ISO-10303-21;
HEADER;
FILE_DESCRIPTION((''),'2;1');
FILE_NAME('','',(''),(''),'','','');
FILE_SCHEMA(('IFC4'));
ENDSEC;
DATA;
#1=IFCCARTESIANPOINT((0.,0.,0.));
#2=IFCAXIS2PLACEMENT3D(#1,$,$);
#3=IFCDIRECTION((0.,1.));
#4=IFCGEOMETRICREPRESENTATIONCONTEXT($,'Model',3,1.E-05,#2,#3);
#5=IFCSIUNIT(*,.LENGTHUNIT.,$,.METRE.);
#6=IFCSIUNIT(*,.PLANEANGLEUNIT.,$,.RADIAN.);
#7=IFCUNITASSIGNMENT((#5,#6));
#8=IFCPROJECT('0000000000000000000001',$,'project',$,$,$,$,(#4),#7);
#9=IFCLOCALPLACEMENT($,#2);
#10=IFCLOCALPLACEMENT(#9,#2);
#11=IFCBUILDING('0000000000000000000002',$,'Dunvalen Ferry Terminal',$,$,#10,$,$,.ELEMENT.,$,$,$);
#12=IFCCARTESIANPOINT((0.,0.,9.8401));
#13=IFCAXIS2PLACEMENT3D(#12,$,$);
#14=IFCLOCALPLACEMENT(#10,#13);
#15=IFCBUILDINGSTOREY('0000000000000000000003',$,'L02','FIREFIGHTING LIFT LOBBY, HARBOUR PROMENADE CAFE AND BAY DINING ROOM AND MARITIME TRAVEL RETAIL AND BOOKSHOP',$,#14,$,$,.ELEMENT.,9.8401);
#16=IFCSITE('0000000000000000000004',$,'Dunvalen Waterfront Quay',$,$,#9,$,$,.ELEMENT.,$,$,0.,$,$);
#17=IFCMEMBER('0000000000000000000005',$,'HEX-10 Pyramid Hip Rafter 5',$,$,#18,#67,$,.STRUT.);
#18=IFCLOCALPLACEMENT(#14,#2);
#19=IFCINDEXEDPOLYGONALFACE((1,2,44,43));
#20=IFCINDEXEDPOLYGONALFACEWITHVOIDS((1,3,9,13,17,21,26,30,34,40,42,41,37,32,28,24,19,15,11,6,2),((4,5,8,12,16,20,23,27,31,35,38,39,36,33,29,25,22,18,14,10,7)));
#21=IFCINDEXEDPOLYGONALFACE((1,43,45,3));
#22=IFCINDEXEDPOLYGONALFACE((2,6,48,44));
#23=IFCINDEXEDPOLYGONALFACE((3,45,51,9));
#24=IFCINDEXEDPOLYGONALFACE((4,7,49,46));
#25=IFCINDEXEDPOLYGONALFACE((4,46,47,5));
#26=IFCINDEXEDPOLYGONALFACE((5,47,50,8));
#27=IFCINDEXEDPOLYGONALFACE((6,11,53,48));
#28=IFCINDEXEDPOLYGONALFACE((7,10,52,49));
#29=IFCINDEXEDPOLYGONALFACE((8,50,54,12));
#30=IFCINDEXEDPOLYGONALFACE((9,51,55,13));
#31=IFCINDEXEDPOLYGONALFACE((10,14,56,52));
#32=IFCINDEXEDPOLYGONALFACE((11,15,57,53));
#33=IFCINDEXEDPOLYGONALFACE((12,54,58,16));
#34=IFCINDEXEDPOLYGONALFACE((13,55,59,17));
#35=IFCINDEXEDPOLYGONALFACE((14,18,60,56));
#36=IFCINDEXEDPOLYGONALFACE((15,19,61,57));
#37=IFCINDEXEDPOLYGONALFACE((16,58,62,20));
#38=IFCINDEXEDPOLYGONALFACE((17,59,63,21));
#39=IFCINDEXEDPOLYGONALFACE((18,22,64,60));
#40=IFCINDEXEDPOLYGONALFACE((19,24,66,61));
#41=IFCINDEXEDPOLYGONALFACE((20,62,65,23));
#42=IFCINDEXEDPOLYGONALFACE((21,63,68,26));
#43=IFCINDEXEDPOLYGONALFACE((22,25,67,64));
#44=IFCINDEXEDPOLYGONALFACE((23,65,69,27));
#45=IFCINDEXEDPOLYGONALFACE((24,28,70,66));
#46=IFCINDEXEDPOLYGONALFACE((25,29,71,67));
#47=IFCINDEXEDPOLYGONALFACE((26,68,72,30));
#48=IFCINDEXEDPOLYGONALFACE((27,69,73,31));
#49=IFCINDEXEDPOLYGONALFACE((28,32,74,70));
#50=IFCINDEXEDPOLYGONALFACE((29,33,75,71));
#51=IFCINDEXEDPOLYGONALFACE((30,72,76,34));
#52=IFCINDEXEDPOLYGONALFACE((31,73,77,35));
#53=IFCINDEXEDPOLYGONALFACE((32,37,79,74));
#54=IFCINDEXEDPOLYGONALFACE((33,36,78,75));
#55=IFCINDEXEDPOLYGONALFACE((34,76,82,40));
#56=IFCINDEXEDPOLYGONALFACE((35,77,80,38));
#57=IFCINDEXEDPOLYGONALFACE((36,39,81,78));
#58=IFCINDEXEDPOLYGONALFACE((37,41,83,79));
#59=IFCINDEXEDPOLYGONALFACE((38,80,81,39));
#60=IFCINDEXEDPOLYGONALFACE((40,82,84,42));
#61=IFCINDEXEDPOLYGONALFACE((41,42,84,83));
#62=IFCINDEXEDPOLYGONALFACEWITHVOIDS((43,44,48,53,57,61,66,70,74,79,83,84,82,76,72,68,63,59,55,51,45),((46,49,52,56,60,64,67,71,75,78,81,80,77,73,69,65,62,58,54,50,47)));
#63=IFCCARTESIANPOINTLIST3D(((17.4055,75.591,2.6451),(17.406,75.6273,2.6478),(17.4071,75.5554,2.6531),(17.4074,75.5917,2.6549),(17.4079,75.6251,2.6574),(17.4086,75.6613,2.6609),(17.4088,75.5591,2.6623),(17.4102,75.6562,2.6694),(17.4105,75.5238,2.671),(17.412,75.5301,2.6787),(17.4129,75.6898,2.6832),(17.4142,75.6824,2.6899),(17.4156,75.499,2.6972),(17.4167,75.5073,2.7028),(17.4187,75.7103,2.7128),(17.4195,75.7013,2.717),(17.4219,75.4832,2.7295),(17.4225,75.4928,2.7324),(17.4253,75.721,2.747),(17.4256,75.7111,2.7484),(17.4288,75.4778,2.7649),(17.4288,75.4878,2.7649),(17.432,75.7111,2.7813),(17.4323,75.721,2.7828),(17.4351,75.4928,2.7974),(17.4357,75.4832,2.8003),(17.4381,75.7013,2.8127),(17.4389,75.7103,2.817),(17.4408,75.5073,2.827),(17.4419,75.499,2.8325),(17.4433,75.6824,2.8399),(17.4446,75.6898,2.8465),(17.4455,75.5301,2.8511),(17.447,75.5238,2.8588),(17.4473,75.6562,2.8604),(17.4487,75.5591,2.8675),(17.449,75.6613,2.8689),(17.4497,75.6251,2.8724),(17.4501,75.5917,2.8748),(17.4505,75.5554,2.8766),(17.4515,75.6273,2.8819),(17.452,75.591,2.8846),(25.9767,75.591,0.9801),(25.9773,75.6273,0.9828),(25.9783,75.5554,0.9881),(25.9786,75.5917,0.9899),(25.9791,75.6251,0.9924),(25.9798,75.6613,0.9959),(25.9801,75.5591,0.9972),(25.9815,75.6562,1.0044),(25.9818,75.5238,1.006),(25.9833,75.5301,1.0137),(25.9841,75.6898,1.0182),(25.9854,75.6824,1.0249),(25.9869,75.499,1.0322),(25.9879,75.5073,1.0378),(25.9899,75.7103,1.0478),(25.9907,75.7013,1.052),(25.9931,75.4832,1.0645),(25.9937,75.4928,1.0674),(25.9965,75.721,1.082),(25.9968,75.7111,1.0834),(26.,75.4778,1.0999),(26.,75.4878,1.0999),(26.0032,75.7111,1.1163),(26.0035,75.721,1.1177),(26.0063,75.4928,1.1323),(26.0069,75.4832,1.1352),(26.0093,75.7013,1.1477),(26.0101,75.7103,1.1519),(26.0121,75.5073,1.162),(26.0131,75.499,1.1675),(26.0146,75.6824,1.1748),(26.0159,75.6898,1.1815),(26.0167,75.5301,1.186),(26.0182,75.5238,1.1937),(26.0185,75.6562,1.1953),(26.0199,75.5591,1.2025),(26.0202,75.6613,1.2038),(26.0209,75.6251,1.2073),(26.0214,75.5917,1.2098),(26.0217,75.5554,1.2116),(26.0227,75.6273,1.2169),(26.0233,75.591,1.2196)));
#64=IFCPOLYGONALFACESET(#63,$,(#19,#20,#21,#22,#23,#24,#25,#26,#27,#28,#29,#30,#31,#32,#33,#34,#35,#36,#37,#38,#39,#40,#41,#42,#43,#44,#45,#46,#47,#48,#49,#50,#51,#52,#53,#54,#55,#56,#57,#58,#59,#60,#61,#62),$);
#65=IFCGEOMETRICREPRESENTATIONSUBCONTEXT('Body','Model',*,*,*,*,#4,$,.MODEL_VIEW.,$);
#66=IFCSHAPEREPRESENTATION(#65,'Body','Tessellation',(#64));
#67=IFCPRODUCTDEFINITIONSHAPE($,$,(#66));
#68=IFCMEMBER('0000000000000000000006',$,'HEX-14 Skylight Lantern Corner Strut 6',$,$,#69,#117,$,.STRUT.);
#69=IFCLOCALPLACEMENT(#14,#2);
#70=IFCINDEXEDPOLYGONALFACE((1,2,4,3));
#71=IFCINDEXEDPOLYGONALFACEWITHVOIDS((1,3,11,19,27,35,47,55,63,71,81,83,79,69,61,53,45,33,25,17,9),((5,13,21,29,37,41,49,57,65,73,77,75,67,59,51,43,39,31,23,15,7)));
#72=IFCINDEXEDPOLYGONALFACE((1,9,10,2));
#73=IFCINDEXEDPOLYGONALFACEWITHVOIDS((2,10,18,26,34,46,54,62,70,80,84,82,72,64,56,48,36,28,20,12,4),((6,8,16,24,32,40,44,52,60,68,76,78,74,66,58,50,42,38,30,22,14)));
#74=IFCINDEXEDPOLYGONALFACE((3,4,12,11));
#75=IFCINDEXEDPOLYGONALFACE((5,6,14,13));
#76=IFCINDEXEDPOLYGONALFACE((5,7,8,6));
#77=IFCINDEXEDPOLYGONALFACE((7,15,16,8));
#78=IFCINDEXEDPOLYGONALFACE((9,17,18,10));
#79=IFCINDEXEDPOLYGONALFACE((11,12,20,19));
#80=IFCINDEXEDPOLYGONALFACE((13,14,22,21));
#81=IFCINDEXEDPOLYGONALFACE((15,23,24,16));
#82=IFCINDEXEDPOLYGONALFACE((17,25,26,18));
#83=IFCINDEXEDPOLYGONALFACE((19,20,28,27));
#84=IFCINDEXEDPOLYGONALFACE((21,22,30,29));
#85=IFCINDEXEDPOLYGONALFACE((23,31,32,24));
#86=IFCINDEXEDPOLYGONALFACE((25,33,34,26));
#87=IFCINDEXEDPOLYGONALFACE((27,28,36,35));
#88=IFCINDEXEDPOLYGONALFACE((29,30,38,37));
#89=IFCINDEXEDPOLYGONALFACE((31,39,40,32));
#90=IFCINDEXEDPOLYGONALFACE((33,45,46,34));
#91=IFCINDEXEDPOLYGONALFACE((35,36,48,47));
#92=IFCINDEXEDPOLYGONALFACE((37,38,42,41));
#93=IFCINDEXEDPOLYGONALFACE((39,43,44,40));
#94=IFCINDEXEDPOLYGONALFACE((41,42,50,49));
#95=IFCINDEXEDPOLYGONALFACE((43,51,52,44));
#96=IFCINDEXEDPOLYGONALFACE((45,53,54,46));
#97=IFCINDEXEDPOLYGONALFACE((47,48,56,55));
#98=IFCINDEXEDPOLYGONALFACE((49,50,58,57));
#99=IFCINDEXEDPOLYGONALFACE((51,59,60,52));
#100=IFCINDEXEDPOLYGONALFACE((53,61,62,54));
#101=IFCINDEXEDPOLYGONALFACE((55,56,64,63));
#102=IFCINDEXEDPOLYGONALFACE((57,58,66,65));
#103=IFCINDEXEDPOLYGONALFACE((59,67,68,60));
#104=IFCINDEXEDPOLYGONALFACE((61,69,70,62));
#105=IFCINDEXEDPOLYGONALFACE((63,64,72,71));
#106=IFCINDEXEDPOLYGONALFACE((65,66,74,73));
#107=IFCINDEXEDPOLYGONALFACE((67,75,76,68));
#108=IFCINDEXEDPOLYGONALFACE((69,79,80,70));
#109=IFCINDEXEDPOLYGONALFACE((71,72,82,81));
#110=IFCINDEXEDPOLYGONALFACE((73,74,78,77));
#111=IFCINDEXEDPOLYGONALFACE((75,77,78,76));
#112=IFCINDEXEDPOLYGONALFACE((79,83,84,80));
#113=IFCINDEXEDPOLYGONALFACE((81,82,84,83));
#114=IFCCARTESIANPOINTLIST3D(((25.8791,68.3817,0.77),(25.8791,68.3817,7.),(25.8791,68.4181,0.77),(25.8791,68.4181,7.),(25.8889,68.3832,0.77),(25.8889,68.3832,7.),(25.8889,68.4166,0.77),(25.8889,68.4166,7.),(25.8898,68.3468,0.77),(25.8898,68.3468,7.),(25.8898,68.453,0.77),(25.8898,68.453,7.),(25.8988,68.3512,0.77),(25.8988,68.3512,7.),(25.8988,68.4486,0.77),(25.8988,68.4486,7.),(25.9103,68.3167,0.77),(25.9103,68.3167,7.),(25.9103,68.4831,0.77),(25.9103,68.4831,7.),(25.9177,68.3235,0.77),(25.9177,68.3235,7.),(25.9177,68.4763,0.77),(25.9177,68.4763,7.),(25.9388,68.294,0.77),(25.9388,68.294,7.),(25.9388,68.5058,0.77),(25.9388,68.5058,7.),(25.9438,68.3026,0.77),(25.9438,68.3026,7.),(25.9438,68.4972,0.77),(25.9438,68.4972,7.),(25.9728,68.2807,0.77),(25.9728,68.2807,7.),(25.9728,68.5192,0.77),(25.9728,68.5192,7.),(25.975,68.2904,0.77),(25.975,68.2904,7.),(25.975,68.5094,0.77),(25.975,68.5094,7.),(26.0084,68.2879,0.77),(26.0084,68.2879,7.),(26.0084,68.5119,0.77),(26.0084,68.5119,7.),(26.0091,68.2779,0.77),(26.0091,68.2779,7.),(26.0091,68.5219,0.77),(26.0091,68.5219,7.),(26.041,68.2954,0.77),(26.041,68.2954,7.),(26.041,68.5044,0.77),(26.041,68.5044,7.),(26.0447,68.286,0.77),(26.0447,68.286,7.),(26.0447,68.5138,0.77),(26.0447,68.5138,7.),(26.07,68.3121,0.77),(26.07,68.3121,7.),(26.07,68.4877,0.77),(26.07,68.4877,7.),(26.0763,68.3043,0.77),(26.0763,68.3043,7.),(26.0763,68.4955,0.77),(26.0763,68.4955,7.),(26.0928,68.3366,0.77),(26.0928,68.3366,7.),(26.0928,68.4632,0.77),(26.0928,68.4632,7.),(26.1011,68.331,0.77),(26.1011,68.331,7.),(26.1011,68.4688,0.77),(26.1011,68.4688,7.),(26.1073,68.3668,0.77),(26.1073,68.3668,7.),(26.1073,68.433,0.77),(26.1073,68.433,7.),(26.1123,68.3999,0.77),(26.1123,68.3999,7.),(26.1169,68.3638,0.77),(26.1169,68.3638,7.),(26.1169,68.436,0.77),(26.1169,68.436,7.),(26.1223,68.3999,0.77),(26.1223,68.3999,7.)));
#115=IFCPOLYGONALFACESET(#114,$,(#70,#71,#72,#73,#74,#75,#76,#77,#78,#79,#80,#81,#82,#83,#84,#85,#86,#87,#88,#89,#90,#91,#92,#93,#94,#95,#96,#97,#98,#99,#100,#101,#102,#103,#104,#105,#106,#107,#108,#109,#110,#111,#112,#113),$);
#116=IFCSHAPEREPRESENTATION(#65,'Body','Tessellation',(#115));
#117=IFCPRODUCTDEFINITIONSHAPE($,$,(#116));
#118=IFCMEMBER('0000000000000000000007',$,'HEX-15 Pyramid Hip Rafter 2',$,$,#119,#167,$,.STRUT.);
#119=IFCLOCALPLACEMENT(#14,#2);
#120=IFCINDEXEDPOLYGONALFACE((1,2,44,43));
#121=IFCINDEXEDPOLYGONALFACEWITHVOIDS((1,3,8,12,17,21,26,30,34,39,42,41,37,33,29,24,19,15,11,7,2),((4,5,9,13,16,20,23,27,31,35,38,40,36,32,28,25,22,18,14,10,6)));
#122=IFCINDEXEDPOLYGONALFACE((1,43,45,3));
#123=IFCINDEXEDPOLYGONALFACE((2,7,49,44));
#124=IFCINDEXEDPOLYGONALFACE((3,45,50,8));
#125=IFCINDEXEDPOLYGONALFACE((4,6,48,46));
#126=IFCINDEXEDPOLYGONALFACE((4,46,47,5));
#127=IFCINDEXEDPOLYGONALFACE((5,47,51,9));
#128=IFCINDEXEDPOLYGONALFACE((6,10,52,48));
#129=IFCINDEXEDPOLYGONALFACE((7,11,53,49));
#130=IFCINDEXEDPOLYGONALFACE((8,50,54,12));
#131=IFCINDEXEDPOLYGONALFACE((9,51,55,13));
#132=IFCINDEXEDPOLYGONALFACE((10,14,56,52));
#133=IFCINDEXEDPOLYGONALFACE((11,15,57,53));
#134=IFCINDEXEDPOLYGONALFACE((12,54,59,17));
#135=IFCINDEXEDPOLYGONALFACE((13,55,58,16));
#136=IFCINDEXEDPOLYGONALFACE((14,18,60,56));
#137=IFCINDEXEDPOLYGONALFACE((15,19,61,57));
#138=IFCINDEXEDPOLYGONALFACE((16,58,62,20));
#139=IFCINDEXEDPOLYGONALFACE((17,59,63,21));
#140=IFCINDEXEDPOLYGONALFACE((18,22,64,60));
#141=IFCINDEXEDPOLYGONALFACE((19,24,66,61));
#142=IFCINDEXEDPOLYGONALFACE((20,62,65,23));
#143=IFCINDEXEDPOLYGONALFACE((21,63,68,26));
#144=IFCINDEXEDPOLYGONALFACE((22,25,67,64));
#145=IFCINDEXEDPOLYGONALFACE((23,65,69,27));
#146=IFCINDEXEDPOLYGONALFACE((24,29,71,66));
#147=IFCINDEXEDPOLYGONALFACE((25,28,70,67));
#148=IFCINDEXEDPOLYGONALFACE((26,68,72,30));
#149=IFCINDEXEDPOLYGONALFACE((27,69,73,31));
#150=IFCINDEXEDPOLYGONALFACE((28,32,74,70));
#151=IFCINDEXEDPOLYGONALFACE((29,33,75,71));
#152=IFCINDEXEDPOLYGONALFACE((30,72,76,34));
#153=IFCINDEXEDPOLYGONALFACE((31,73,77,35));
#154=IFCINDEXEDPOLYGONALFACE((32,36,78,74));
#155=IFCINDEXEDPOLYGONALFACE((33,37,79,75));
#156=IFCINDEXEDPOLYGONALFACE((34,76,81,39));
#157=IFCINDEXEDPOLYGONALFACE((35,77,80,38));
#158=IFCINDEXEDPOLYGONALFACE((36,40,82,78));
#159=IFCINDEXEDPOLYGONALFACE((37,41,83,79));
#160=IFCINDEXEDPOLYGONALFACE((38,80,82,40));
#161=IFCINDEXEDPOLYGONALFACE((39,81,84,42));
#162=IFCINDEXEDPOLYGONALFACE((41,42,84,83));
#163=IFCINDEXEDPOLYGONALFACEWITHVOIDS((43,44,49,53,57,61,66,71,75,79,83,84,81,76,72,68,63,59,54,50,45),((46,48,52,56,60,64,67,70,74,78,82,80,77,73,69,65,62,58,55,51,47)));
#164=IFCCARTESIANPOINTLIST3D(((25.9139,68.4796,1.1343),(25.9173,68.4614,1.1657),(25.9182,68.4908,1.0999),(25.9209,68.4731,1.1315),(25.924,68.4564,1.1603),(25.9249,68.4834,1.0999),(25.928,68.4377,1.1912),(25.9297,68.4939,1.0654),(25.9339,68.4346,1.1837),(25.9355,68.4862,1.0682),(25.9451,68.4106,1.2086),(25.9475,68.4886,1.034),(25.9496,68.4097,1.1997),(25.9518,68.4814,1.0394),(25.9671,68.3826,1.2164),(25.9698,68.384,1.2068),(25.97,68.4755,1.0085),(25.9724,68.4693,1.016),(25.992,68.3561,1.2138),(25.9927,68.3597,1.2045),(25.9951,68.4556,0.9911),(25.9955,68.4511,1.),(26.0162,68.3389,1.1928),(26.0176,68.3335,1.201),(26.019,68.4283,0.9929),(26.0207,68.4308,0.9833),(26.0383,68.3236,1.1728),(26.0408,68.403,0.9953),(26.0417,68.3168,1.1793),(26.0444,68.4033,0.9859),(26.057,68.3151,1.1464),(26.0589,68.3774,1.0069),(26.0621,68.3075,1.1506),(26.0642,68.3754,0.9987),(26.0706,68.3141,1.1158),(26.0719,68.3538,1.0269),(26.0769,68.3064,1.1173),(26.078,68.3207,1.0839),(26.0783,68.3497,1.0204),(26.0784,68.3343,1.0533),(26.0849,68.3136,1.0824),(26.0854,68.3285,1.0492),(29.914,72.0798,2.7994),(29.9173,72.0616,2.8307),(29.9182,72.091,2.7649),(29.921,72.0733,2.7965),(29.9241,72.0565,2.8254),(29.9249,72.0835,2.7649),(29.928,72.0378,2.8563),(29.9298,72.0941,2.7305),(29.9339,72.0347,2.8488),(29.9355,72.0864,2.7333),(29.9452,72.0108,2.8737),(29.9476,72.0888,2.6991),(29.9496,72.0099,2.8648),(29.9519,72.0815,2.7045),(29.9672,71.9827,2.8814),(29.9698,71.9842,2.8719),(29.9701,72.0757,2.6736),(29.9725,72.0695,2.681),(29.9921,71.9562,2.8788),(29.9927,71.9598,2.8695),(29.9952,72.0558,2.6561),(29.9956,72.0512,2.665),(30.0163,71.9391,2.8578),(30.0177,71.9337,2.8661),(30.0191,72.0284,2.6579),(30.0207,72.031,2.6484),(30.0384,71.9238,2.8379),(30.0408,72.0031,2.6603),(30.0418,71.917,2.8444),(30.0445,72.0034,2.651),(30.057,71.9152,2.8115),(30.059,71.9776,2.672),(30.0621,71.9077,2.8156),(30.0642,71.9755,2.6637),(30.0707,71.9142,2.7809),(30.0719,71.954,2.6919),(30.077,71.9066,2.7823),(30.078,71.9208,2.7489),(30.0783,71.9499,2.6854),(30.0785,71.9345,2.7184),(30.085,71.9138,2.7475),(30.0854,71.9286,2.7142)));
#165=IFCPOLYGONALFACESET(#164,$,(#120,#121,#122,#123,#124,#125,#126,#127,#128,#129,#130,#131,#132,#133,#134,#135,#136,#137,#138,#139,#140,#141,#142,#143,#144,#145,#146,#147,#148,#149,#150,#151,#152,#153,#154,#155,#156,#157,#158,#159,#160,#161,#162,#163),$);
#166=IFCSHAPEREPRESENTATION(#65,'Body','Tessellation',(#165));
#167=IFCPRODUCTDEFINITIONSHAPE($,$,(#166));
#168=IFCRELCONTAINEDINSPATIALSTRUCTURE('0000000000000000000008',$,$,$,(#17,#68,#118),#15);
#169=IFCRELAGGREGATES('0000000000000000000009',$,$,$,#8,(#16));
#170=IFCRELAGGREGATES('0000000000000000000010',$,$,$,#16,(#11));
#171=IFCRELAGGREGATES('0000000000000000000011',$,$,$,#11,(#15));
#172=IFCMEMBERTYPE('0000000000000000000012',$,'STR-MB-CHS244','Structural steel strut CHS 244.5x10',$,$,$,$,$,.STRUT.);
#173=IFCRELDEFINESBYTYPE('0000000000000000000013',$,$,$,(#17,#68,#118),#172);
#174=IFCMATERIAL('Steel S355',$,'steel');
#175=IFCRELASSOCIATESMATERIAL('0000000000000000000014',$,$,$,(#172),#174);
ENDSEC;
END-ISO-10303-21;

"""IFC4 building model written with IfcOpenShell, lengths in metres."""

from ifc_helpers import new_model, si_unit, direction, frame, origin, origin_2d, place, context, subcontext, project, spatial, hollow_circle, extrude, material, material_profile, profile_set, type_object, element, save


model = new_model("IFC4")

# Units and contexts
model_context = context("Model", 3, precision=1e-05, world=origin(), true_north=direction((0.0, 1.0)))
body_context = subcontext(model_context, "Body", "Model", "MODEL_VIEW")
ifc_project = project(units=[si_unit("LENGTHUNIT", "METRE"), si_unit("PLANEANGLEUNIT", "RADIAN")], contexts=[model_context])

# Site, building, storey
site_placement = place(None, origin())
site = spatial("IfcSite", under=ifc_project, at=site_placement, Name="Dunvalen Waterfront Quay", CompositionType="ELEMENT", RefElevation=0.0)
building_placement = place(site_placement, origin())
building = spatial("IfcBuilding", under=site, at=building_placement, Name="Dunvalen Ferry Terminal", CompositionType="ELEMENT")
storey_placement = place(building_placement, frame((0.0, 0.0, 9.8401)))
storey = spatial("IfcBuildingStorey", under=building, at=storey_placement, Name="L02", Description="FIREFIGHTING LIFT LOBBY, HARBOUR PROMENADE CAFE AND BAY DINING ROOM AND MARITIME TRAVEL RETAIL AND BOOKSHOP", CompositionType="ELEMENT", Elevation=9.8401)

# Shared definitions
ifc_material_1 = material(Name="Steel S355", Category="steel")

# Members
ifc_material_profile_1 = material_profile(ifc_material_1, hollow_circle(Radius=0.1223, WallThickness=0.01, at=origin_2d()), Name="Steel S355")
ifc_profile_set_1 = profile_set([ifc_material_profile_1], Name="Steel S355")
member_type_1 = type_object("IfcMemberType", Name="STR-MB-CHS244", Description="Structural steel strut CHS 244.5x10", PredefinedType="STRUT", material=ifc_profile_set_1)
for number, where, z_axis, x_axis, name in (
    (1, (26.0, 75.6001, 1.0999), (-0.98165, 0.0, 0.190693), (0.0, -1.0, 0.0), "HEX-10 Pyramid Hip Rafter 5"),
):
    element("IfcMember", number, at=place(storey_placement, frame(where, z_axis=z_axis, x_axis=x_axis)), inside=storey, type_object=member_type_1, Name=name, PredefinedType="STRUT", context=body_context, shape_type="SweptSolid", body=[
        extrude(hollow_circle(Radius=0.1223, WallThickness=0.01, at=origin_2d()), origin(), (0.0, 0.0, 1.0), 8.7314),
    ])
member_1_placement = place(storey_placement, frame((26.0, 68.3999, 0.77), z_axis=(0.0, 0.0, 1.0), x_axis=(1.0, 0.0, 0.0)))
element("IfcMember", 2, at=member_1_placement, inside=storey, type_object=member_type_1, Name="HEX-14 Skylight Lantern Corner Strut 6", PredefinedType="STRUT", context=body_context, shape_type="SweptSolid", body=[
    extrude(hollow_circle(Radius=0.1223, WallThickness=0.01, at=origin_2d()), origin(), (0.0, 0.0, 1.0), 6.23),
])
for number, where, z_axis, x_axis, name in (
    (3, (26.0, 68.3999, 1.0999), (0.710075, 0.639085, 0.295576), (-0.668975, 0.743285, 0.0), "HEX-15 Pyramid Hip Rafter 2"),
):
    element("IfcMember", number, at=place(storey_placement, frame(where, z_axis=z_axis, x_axis=x_axis)), inside=storey, type_object=member_type_1, Name=name, PredefinedType="STRUT", context=body_context, shape_type="SweptSolid", body=[
        extrude(hollow_circle(Radius=0.1223, WallThickness=0.01, at=origin_2d()), origin(), (0.0, 0.0, 1.0), 5.6333),
    ])

save(model, "model.ifc")
